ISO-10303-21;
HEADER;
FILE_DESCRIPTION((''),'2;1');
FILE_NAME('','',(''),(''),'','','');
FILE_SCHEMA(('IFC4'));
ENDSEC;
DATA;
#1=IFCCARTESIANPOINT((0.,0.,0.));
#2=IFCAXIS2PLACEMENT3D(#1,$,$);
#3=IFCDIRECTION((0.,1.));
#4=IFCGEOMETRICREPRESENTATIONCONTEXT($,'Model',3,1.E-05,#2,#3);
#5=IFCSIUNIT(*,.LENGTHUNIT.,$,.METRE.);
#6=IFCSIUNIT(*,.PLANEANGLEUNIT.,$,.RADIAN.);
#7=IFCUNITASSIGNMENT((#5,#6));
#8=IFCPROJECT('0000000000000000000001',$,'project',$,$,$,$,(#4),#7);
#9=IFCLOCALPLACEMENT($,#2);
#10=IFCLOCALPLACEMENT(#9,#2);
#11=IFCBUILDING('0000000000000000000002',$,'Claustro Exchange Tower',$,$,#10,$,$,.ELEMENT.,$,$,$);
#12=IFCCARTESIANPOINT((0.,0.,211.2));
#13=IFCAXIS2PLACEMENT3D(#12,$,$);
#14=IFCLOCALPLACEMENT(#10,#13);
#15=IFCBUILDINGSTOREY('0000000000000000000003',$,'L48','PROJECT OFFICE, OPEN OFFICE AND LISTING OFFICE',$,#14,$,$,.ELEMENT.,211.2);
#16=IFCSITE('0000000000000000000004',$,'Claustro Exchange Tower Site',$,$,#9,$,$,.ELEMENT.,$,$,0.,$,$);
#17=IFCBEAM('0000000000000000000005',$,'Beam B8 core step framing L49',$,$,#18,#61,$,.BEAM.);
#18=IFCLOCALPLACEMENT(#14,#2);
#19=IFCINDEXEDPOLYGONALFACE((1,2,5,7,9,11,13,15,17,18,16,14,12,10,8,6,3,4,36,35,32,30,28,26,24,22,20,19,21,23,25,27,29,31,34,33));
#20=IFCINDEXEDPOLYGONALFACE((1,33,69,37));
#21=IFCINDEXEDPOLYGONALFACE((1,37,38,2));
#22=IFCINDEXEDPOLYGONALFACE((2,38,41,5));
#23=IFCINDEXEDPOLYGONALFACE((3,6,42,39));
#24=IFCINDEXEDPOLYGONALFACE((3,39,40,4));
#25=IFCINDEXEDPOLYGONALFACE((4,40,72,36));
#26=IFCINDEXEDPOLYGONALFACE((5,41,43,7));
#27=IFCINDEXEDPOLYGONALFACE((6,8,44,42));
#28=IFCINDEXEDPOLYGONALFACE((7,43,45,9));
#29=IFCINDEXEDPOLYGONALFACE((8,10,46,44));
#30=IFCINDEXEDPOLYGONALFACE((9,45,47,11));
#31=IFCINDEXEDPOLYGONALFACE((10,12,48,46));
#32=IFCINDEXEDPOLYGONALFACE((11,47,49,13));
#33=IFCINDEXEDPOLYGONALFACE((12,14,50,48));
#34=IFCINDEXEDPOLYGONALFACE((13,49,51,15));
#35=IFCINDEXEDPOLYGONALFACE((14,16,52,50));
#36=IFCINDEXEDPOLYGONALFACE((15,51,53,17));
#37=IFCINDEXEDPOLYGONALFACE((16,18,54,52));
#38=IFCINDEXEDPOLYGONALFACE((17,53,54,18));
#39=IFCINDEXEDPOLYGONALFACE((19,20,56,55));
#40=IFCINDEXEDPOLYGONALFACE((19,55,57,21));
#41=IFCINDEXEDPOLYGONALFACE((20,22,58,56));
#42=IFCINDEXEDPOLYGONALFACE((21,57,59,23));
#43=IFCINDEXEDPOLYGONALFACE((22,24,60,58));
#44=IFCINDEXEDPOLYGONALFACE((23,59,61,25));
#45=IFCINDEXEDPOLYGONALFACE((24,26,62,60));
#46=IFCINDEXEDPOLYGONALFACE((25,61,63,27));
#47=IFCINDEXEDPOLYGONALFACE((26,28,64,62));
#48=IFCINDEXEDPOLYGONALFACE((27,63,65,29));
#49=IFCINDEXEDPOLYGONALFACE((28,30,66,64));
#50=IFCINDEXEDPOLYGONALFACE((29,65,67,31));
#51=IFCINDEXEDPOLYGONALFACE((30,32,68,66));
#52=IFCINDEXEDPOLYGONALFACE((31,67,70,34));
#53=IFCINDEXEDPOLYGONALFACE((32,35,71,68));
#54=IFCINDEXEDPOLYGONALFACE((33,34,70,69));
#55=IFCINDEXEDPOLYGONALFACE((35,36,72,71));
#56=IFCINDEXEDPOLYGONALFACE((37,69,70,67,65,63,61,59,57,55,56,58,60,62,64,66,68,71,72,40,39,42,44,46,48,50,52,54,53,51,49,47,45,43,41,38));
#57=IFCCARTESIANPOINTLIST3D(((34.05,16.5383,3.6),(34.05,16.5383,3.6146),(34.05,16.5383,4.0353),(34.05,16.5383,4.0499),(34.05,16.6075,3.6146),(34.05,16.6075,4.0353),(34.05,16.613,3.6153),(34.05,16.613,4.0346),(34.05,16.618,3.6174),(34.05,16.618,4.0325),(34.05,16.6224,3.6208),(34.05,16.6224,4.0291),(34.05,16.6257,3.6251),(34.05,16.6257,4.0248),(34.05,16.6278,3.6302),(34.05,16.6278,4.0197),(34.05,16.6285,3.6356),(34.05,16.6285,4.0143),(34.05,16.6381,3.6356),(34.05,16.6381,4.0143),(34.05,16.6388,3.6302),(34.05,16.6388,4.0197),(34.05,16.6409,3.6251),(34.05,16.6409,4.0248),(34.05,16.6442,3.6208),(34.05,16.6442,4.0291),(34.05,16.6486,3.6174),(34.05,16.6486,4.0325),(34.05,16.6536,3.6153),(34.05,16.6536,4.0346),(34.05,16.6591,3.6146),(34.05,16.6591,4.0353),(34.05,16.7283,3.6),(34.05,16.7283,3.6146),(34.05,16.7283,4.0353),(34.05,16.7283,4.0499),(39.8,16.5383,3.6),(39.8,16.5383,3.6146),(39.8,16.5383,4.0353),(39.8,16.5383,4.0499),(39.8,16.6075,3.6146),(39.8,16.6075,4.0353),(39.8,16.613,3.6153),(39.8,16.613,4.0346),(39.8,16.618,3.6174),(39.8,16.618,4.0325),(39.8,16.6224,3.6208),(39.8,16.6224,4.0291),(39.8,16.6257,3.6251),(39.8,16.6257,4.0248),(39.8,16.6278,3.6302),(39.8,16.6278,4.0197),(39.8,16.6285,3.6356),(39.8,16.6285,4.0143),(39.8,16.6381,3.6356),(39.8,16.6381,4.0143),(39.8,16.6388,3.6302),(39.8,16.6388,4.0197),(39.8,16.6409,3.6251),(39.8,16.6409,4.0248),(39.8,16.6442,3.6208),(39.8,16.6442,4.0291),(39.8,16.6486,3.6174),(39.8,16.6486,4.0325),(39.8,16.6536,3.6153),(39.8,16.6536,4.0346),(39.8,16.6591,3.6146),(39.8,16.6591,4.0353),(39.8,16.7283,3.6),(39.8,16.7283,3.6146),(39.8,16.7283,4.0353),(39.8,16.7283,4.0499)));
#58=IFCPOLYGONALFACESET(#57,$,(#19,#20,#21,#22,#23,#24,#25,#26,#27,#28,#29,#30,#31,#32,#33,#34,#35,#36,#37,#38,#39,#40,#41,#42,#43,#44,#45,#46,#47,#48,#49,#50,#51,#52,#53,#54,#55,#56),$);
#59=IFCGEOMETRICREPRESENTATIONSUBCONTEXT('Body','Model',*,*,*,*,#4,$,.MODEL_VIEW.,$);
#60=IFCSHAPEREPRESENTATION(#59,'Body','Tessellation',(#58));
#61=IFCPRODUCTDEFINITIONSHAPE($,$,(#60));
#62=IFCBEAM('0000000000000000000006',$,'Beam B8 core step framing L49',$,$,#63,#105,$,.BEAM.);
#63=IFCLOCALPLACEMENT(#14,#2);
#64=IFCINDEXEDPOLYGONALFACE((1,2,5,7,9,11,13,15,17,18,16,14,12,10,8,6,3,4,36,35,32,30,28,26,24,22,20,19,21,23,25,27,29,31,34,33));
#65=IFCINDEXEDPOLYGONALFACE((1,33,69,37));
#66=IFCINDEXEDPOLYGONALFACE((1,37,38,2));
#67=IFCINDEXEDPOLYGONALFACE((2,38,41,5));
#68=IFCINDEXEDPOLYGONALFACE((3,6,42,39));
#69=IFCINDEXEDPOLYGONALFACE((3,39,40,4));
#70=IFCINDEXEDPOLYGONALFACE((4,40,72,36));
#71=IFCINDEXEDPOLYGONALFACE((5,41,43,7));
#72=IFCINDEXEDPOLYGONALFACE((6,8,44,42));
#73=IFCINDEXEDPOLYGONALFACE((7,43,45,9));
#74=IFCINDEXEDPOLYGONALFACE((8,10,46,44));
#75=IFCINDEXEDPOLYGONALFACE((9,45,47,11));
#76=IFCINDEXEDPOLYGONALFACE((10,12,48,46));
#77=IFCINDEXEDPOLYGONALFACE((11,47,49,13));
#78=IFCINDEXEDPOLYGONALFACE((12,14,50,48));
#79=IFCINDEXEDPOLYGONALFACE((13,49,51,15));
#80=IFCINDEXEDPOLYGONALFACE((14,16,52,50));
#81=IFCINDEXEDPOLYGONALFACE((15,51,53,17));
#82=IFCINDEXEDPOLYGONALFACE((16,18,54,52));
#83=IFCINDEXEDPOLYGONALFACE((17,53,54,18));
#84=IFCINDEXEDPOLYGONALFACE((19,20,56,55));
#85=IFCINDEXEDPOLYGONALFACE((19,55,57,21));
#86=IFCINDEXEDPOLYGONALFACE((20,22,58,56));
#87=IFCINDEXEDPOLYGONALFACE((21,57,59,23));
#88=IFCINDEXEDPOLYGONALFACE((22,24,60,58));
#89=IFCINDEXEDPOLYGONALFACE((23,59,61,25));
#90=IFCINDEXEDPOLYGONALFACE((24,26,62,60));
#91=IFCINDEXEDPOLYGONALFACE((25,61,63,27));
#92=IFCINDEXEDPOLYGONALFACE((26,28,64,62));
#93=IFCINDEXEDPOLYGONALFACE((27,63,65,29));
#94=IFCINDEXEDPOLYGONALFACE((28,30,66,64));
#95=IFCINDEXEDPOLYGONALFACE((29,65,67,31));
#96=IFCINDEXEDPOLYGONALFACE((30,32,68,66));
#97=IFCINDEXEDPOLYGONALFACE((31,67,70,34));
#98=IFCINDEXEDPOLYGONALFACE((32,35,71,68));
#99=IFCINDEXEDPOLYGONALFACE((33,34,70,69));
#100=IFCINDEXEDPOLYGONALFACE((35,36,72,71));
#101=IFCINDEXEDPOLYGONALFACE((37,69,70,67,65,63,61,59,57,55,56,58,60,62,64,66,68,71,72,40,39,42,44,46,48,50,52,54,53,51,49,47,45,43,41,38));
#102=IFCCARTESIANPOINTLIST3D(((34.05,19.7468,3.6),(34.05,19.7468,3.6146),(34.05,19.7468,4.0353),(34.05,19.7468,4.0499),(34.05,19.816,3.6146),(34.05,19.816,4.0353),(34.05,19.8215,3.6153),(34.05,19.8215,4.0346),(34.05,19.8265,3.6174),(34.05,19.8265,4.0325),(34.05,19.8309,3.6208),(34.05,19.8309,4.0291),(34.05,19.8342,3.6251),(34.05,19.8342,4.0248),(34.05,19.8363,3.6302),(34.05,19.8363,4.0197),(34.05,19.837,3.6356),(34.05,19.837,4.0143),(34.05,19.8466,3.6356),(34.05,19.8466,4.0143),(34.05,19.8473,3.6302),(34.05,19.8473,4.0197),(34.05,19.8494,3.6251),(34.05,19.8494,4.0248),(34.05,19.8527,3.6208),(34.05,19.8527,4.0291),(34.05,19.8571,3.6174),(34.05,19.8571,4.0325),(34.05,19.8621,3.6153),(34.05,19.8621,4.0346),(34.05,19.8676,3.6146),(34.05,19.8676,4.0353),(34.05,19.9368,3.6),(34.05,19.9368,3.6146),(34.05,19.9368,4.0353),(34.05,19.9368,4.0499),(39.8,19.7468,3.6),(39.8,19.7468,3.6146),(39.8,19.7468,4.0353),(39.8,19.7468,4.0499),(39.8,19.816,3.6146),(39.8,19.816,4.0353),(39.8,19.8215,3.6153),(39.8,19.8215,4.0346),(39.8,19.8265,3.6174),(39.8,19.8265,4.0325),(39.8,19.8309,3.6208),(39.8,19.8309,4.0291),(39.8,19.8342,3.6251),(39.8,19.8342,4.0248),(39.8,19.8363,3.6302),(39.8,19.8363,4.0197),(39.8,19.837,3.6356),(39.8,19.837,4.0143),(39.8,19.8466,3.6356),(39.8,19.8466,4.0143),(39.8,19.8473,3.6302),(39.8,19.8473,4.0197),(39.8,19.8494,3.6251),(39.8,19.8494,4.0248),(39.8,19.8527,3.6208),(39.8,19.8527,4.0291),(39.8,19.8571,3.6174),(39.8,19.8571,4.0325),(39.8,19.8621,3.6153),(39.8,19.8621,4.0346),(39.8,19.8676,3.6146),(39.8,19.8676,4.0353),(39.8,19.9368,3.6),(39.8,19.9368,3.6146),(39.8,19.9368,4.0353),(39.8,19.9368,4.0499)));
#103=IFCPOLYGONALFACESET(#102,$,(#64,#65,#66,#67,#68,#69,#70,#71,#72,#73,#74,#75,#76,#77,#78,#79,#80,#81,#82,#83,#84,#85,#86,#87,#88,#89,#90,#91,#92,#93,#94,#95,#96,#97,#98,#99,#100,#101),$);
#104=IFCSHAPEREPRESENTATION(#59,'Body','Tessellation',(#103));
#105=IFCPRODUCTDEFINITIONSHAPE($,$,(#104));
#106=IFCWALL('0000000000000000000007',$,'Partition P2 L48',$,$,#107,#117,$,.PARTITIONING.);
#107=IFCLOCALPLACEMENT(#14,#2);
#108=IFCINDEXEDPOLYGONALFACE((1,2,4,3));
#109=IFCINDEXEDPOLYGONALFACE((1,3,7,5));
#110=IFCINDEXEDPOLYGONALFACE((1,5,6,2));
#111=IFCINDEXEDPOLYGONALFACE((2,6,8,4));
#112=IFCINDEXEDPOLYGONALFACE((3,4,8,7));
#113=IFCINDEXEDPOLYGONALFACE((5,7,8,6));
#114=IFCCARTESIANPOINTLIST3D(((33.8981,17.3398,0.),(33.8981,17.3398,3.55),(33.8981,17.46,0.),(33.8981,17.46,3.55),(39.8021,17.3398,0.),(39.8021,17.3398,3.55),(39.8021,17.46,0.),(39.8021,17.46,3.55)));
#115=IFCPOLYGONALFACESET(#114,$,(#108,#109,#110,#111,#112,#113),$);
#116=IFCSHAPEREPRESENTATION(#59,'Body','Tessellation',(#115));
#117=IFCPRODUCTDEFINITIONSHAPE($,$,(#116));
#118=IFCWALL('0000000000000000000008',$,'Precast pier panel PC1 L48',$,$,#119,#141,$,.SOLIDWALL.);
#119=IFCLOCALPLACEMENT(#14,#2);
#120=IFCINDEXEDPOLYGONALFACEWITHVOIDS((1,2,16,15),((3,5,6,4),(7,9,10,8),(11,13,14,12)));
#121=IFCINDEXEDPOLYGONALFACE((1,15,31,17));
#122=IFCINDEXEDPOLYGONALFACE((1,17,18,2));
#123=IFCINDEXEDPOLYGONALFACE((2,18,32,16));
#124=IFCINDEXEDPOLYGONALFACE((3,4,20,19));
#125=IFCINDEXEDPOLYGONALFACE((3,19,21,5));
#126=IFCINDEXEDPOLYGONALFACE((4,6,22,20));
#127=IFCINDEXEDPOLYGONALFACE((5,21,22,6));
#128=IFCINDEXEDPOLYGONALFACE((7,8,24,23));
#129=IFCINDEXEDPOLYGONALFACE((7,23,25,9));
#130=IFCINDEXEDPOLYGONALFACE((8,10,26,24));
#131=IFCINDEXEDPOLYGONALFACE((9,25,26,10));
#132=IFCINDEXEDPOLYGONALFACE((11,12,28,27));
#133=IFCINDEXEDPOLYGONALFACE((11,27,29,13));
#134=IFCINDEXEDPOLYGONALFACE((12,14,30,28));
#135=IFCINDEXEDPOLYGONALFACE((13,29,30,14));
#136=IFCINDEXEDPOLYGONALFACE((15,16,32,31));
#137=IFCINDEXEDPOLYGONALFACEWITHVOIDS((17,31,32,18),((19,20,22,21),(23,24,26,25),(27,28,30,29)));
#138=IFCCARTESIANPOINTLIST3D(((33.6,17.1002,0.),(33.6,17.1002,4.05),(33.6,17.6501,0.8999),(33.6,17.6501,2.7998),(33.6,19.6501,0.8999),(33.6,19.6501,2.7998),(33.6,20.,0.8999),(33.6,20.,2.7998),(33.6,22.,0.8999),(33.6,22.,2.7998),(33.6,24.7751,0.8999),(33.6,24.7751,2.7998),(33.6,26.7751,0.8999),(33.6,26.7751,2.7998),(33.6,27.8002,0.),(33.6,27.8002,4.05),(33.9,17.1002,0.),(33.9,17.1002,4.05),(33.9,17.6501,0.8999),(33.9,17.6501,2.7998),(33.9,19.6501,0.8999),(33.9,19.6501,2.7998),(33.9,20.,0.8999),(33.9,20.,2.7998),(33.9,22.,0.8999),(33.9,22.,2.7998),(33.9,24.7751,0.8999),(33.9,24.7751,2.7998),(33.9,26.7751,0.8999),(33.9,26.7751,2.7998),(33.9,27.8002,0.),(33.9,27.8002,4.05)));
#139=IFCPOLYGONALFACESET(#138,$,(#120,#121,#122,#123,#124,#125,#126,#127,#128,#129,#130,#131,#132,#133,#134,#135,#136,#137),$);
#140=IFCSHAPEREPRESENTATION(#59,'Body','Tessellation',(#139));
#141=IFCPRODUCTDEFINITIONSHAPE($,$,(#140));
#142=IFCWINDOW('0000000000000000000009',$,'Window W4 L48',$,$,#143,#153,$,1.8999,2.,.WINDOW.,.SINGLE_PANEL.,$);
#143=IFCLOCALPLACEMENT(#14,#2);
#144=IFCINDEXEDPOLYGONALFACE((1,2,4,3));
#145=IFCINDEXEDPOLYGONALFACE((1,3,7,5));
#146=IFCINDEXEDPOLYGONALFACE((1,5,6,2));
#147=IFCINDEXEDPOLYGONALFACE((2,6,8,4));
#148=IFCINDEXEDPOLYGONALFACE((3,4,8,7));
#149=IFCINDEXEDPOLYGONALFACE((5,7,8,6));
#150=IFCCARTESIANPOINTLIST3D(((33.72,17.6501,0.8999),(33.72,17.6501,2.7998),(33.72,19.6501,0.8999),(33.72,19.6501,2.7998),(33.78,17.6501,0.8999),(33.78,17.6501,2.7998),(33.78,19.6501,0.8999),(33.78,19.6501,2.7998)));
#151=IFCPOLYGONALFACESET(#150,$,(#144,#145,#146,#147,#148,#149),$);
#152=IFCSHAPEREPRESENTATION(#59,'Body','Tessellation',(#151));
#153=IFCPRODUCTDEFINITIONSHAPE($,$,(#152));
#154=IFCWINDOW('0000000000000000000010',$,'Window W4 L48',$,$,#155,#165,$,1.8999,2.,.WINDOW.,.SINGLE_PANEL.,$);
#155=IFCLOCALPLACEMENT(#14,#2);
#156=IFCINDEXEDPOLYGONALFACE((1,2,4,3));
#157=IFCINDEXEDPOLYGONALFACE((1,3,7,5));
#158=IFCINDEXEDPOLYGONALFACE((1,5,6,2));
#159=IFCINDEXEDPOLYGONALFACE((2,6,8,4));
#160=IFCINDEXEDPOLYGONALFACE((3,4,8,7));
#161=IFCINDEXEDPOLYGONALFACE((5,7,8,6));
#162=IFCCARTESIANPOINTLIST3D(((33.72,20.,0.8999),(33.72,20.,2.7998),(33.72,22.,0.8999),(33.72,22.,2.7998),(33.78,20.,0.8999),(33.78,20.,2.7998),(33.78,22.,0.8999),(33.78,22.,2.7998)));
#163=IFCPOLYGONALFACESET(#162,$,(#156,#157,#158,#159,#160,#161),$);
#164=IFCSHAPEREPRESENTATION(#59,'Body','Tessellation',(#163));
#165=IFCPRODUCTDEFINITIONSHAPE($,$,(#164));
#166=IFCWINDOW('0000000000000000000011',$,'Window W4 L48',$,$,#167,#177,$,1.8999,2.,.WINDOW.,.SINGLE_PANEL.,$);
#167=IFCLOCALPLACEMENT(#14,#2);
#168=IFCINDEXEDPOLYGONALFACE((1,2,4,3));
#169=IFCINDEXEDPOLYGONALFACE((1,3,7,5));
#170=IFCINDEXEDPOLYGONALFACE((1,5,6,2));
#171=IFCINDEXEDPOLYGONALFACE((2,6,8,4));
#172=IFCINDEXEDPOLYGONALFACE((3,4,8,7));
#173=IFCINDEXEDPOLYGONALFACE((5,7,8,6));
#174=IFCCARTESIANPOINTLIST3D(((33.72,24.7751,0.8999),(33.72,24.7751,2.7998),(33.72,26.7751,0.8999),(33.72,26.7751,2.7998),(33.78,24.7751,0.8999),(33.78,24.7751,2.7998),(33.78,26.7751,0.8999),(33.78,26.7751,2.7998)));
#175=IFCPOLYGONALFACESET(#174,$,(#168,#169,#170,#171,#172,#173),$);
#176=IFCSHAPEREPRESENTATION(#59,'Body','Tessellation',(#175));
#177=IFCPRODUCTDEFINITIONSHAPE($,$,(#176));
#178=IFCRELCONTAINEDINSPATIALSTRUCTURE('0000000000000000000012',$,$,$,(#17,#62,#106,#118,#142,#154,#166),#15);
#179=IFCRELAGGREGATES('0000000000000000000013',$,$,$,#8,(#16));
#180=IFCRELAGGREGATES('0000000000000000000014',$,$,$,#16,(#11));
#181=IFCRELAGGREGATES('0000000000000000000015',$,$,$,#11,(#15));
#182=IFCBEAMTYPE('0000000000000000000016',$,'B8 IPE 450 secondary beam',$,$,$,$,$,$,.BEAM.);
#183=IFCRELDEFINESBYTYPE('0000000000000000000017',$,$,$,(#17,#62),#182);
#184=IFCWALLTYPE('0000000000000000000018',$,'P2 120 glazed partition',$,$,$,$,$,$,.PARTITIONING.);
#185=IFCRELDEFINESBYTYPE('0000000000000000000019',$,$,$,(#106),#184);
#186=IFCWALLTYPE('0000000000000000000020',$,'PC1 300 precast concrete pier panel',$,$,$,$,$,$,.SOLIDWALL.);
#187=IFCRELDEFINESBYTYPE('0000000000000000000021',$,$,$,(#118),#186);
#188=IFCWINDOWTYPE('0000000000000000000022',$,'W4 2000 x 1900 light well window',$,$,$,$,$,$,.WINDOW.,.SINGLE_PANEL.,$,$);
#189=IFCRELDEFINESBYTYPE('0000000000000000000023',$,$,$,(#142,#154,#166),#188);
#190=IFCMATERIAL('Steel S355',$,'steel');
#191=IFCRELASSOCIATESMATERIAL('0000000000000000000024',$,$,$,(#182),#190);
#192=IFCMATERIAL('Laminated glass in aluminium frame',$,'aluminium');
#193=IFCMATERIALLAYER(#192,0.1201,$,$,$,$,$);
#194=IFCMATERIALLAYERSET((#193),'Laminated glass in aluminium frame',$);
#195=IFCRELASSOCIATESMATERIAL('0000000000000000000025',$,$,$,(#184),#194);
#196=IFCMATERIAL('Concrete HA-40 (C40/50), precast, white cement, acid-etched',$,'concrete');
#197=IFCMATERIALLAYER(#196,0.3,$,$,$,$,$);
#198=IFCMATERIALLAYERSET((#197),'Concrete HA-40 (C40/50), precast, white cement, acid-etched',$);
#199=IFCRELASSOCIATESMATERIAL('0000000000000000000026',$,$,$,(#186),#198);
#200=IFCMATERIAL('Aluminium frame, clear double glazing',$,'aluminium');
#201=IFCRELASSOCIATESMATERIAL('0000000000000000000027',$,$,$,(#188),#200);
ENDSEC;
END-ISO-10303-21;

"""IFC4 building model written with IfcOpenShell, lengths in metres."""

from ifc_helpers import new_model, si_unit, direction, frame, frame_2d, origin, origin_2d, place, context, subcontext, project, spatial, rectangle, i_section, extrude, material, layer, layer_set, material_profile, profile_set, type_object, element, fill, save


model = new_model("IFC4")

# Units and contexts
model_context = context("Model", 3, precision=1e-05, world=origin(), true_north=direction((0.0, 1.0)))
body_context = subcontext(model_context, "Body", "Model", "MODEL_VIEW")
ifc_project = project(units=[si_unit("LENGTHUNIT", "METRE"), si_unit("PLANEANGLEUNIT", "RADIAN")], contexts=[model_context])

# Site, building, storey
site_placement = place(None, origin())
site = spatial("IfcSite", under=ifc_project, at=site_placement, Name="Claustro Exchange Tower Site", CompositionType="ELEMENT", RefElevation=0.0)
building_placement = place(site_placement, origin())
building = spatial("IfcBuilding", under=site, at=building_placement, Name="Claustro Exchange Tower", CompositionType="ELEMENT")
storey_placement = place(building_placement, frame((0.0, 0.0, 211.2)))
storey = spatial("IfcBuildingStorey", under=building, at=storey_placement, Name="L48", Description="PROJECT OFFICE, OPEN OFFICE AND LISTING OFFICE", CompositionType="ELEMENT", Elevation=211.2)

# Beams
ifc_material_1 = material(Name="Steel S355", Category="steel")
ifc_material_profile_1 = material_profile(ifc_material_1, i_section(OverallWidth=0.1899, OverallDepth=0.45, WebThickness=0.0095, FlangeThickness=0.0146, FilletRadius=0.021, at=origin_2d()), Name="IPE 450")
ifc_profile_set_1 = profile_set([ifc_material_profile_1], Name="Steel S355")
beam_type_1 = type_object("IfcBeamType", Name="B8 IPE 450 secondary beam", PredefinedType="BEAM", material=ifc_profile_set_1)
for number, where, z_axis, x_axis, name in (
    (1, (34.05, 16.6333, 3.825), (1.0, 0.0, 0.0), (0.0, 1.0, 0.0), "Beam B8 core step framing L49"),
    (2, (34.05, 19.8418, 3.825), (1.0, 0.0, 0.0), (0.0, 1.0, 0.0), "Beam B8 core step framing L49"),
):
    element("IfcBeam", number, at=place(storey_placement, frame(where, z_axis=z_axis, x_axis=x_axis)), inside=storey, type_object=beam_type_1, Name=name, PredefinedType="BEAM", context=body_context, shape_type="SweptSolid", body=[
        extrude(i_section(OverallWidth=0.1899, OverallDepth=0.45, WebThickness=0.0095, FlangeThickness=0.0146, FilletRadius=0.021, at=origin_2d()), origin(), (0.0, 0.0, 1.0), 5.75),
    ])

# Wall
ifc_material_2 = material(Name="Laminated glass in aluminium frame", Category="aluminium")
ifc_layer_1 = layer(ifc_material_2, 0.1201)
ifc_layer_set_1 = layer_set([ifc_layer_1], Name="Laminated glass in aluminium frame")
wall_type_1 = type_object("IfcWallType", Name="P2 120 glazed partition", PredefinedType="PARTITIONING", material=ifc_layer_set_1)
wall_1_placement = place(storey_placement, frame((33.8979, 17.3999, 0.0), z_axis=(0.0, 0.0, 1.0), x_axis=(1.0, 0.0, 0.0)))
element("IfcWall", 3, at=wall_1_placement, inside=storey, type_object=wall_type_1, Name="Partition P2 L48", PredefinedType="PARTITIONING", context=body_context, shape_type="SweptSolid", body=[
    extrude(rectangle(XDim=5.9041, YDim=0.1201, at=frame_2d((2.9521, 0.0))), origin(), (0.0, 0.0, 1.0), 3.55),
])

# Wall, openings, windows
ifc_material_3 = material(Name="Concrete HA-40 (C40/50), precast, white cement, acid-etched", Category="concrete")
ifc_layer_2 = layer(ifc_material_3, 0.3)
ifc_layer_set_2 = layer_set([ifc_layer_2], Name="Concrete HA-40 (C40/50), precast, white cement, acid-etched")
wall_type_2 = type_object("IfcWallType", Name="PC1 300 precast concrete pier panel", PredefinedType="SOLIDWALL", material=ifc_layer_set_2)
wall_2_placement = place(storey_placement, frame((33.75, 17.1001, 0.0), z_axis=(0.0, 0.0, 1.0), x_axis=(0.0, 1.0, 0.0)))
wall_2 = element("IfcWall", 4, at=wall_2_placement, inside=storey, type_object=wall_type_2, Name="Precast pier panel PC1 L48", PredefinedType="SOLIDWALL", context=body_context, shape_type="SweptSolid", body=[
    extrude(rectangle(XDim=10.7, YDim=0.3, at=frame_2d((5.3501, 0.0))), origin(), (0.0, 0.0, 1.0), 4.05),
])
opening_1_placement = place(wall_2_placement, frame((0.55, 0.0, 0.8999)))
opening_1 = element("IfcOpeningElement", 5, at=opening_1_placement, cuts=wall_2, PredefinedType="OPENING", context=body_context, shape_type="SweptSolid", body=[
    extrude(rectangle(XDim=2.0, YDim=1.8999, at=frame_2d((1.0, 0.95))), frame((0.0, 0.1599, 0.0), z_axis=(0.0, -1.0, 0.0), x_axis=(1.0, 0.0, 0.0)), (0.0, 0.0, 1.0), 0.3201),
])
opening_2_placement = place(wall_2_placement, frame((2.8999, 0.0, 0.8999)))
opening_2 = element("IfcOpeningElement", 6, at=opening_2_placement, cuts=wall_2, PredefinedType="OPENING", context=body_context, shape_type="SweptSolid", body=[
    extrude(rectangle(XDim=2.0, YDim=1.8999, at=frame_2d((1.0, 0.95))), frame((0.0, 0.1599, 0.0), z_axis=(0.0, -1.0, 0.0), x_axis=(1.0, 0.0, 0.0)), (0.0, 0.0, 1.0), 0.3201),
])
opening_3_placement = place(wall_2_placement, frame((7.675, 0.0, 0.8999)))
opening_3 = element("IfcOpeningElement", 7, at=opening_3_placement, cuts=wall_2, PredefinedType="OPENING", context=body_context, shape_type="SweptSolid", body=[
    extrude(rectangle(XDim=2.0, YDim=1.8999, at=frame_2d((1.0, 0.95))), frame((0.0, 0.1599, 0.0), z_axis=(0.0, -1.0, 0.0), x_axis=(1.0, 0.0, 0.0)), (0.0, 0.0, 1.0), 0.3201),
])
ifc_material_4 = material(Name="Aluminium frame, clear double glazing", Category="aluminium")
window_type = type_object("IfcWindowType", Name="W4 2000 x 1900 light well window", PartitioningType="SINGLE_PANEL", PredefinedType="WINDOW", material=ifc_material_4)
window_1_placement = place(opening_1_placement, origin())
window_1 = element("IfcWindow", 8, at=window_1_placement, inside=storey, type_object=window_type, Name="Window W4 L48", OverallHeight=1.8999, OverallWidth=2.0, PartitioningType="SINGLE_PANEL", PredefinedType="WINDOW", context=body_context, shape_type="SweptSolid", body=[
    extrude(rectangle(XDim=2.0, YDim=1.8999, at=frame_2d((1.0, 0.95))), frame((0.0, 0.03, 0.0), z_axis=(0.0, -1.0, 0.0), x_axis=(1.0, 0.0, 0.0)), (0.0, 0.0, 1.0), 0.0601),
])
fill(opening_1, window_1)
window_2_placement = place(opening_2_placement, origin())
window_2 = element("IfcWindow", 9, at=window_2_placement, inside=storey, type_object=window_type, Name="Window W4 L48", OverallHeight=1.8999, OverallWidth=2.0, PartitioningType="SINGLE_PANEL", PredefinedType="WINDOW", context=body_context, shape_type="SweptSolid", body=[
    extrude(rectangle(XDim=2.0, YDim=1.8999, at=frame_2d((1.0, 0.95))), frame((0.0, 0.03, 0.0), z_axis=(0.0, -1.0, 0.0), x_axis=(1.0, 0.0, 0.0)), (0.0, 0.0, 1.0), 0.0601),
])
fill(opening_2, window_2)
window_3_placement = place(opening_3_placement, origin())
window_3 = element("IfcWindow", 10, at=window_3_placement, inside=storey, type_object=window_type, Name="Window W4 L48", OverallHeight=1.8999, OverallWidth=2.0, PartitioningType="SINGLE_PANEL", PredefinedType="WINDOW", context=body_context, shape_type="SweptSolid", body=[
    extrude(rectangle(XDim=2.0, YDim=1.8999, at=frame_2d((1.0, 0.95))), frame((0.0, 0.03, 0.0), z_axis=(0.0, -1.0, 0.0), x_axis=(1.0, 0.0, 0.0)), (0.0, 0.0, 1.0), 0.0601),
])
fill(opening_3, window_3)

save(model, "model.ifc")
